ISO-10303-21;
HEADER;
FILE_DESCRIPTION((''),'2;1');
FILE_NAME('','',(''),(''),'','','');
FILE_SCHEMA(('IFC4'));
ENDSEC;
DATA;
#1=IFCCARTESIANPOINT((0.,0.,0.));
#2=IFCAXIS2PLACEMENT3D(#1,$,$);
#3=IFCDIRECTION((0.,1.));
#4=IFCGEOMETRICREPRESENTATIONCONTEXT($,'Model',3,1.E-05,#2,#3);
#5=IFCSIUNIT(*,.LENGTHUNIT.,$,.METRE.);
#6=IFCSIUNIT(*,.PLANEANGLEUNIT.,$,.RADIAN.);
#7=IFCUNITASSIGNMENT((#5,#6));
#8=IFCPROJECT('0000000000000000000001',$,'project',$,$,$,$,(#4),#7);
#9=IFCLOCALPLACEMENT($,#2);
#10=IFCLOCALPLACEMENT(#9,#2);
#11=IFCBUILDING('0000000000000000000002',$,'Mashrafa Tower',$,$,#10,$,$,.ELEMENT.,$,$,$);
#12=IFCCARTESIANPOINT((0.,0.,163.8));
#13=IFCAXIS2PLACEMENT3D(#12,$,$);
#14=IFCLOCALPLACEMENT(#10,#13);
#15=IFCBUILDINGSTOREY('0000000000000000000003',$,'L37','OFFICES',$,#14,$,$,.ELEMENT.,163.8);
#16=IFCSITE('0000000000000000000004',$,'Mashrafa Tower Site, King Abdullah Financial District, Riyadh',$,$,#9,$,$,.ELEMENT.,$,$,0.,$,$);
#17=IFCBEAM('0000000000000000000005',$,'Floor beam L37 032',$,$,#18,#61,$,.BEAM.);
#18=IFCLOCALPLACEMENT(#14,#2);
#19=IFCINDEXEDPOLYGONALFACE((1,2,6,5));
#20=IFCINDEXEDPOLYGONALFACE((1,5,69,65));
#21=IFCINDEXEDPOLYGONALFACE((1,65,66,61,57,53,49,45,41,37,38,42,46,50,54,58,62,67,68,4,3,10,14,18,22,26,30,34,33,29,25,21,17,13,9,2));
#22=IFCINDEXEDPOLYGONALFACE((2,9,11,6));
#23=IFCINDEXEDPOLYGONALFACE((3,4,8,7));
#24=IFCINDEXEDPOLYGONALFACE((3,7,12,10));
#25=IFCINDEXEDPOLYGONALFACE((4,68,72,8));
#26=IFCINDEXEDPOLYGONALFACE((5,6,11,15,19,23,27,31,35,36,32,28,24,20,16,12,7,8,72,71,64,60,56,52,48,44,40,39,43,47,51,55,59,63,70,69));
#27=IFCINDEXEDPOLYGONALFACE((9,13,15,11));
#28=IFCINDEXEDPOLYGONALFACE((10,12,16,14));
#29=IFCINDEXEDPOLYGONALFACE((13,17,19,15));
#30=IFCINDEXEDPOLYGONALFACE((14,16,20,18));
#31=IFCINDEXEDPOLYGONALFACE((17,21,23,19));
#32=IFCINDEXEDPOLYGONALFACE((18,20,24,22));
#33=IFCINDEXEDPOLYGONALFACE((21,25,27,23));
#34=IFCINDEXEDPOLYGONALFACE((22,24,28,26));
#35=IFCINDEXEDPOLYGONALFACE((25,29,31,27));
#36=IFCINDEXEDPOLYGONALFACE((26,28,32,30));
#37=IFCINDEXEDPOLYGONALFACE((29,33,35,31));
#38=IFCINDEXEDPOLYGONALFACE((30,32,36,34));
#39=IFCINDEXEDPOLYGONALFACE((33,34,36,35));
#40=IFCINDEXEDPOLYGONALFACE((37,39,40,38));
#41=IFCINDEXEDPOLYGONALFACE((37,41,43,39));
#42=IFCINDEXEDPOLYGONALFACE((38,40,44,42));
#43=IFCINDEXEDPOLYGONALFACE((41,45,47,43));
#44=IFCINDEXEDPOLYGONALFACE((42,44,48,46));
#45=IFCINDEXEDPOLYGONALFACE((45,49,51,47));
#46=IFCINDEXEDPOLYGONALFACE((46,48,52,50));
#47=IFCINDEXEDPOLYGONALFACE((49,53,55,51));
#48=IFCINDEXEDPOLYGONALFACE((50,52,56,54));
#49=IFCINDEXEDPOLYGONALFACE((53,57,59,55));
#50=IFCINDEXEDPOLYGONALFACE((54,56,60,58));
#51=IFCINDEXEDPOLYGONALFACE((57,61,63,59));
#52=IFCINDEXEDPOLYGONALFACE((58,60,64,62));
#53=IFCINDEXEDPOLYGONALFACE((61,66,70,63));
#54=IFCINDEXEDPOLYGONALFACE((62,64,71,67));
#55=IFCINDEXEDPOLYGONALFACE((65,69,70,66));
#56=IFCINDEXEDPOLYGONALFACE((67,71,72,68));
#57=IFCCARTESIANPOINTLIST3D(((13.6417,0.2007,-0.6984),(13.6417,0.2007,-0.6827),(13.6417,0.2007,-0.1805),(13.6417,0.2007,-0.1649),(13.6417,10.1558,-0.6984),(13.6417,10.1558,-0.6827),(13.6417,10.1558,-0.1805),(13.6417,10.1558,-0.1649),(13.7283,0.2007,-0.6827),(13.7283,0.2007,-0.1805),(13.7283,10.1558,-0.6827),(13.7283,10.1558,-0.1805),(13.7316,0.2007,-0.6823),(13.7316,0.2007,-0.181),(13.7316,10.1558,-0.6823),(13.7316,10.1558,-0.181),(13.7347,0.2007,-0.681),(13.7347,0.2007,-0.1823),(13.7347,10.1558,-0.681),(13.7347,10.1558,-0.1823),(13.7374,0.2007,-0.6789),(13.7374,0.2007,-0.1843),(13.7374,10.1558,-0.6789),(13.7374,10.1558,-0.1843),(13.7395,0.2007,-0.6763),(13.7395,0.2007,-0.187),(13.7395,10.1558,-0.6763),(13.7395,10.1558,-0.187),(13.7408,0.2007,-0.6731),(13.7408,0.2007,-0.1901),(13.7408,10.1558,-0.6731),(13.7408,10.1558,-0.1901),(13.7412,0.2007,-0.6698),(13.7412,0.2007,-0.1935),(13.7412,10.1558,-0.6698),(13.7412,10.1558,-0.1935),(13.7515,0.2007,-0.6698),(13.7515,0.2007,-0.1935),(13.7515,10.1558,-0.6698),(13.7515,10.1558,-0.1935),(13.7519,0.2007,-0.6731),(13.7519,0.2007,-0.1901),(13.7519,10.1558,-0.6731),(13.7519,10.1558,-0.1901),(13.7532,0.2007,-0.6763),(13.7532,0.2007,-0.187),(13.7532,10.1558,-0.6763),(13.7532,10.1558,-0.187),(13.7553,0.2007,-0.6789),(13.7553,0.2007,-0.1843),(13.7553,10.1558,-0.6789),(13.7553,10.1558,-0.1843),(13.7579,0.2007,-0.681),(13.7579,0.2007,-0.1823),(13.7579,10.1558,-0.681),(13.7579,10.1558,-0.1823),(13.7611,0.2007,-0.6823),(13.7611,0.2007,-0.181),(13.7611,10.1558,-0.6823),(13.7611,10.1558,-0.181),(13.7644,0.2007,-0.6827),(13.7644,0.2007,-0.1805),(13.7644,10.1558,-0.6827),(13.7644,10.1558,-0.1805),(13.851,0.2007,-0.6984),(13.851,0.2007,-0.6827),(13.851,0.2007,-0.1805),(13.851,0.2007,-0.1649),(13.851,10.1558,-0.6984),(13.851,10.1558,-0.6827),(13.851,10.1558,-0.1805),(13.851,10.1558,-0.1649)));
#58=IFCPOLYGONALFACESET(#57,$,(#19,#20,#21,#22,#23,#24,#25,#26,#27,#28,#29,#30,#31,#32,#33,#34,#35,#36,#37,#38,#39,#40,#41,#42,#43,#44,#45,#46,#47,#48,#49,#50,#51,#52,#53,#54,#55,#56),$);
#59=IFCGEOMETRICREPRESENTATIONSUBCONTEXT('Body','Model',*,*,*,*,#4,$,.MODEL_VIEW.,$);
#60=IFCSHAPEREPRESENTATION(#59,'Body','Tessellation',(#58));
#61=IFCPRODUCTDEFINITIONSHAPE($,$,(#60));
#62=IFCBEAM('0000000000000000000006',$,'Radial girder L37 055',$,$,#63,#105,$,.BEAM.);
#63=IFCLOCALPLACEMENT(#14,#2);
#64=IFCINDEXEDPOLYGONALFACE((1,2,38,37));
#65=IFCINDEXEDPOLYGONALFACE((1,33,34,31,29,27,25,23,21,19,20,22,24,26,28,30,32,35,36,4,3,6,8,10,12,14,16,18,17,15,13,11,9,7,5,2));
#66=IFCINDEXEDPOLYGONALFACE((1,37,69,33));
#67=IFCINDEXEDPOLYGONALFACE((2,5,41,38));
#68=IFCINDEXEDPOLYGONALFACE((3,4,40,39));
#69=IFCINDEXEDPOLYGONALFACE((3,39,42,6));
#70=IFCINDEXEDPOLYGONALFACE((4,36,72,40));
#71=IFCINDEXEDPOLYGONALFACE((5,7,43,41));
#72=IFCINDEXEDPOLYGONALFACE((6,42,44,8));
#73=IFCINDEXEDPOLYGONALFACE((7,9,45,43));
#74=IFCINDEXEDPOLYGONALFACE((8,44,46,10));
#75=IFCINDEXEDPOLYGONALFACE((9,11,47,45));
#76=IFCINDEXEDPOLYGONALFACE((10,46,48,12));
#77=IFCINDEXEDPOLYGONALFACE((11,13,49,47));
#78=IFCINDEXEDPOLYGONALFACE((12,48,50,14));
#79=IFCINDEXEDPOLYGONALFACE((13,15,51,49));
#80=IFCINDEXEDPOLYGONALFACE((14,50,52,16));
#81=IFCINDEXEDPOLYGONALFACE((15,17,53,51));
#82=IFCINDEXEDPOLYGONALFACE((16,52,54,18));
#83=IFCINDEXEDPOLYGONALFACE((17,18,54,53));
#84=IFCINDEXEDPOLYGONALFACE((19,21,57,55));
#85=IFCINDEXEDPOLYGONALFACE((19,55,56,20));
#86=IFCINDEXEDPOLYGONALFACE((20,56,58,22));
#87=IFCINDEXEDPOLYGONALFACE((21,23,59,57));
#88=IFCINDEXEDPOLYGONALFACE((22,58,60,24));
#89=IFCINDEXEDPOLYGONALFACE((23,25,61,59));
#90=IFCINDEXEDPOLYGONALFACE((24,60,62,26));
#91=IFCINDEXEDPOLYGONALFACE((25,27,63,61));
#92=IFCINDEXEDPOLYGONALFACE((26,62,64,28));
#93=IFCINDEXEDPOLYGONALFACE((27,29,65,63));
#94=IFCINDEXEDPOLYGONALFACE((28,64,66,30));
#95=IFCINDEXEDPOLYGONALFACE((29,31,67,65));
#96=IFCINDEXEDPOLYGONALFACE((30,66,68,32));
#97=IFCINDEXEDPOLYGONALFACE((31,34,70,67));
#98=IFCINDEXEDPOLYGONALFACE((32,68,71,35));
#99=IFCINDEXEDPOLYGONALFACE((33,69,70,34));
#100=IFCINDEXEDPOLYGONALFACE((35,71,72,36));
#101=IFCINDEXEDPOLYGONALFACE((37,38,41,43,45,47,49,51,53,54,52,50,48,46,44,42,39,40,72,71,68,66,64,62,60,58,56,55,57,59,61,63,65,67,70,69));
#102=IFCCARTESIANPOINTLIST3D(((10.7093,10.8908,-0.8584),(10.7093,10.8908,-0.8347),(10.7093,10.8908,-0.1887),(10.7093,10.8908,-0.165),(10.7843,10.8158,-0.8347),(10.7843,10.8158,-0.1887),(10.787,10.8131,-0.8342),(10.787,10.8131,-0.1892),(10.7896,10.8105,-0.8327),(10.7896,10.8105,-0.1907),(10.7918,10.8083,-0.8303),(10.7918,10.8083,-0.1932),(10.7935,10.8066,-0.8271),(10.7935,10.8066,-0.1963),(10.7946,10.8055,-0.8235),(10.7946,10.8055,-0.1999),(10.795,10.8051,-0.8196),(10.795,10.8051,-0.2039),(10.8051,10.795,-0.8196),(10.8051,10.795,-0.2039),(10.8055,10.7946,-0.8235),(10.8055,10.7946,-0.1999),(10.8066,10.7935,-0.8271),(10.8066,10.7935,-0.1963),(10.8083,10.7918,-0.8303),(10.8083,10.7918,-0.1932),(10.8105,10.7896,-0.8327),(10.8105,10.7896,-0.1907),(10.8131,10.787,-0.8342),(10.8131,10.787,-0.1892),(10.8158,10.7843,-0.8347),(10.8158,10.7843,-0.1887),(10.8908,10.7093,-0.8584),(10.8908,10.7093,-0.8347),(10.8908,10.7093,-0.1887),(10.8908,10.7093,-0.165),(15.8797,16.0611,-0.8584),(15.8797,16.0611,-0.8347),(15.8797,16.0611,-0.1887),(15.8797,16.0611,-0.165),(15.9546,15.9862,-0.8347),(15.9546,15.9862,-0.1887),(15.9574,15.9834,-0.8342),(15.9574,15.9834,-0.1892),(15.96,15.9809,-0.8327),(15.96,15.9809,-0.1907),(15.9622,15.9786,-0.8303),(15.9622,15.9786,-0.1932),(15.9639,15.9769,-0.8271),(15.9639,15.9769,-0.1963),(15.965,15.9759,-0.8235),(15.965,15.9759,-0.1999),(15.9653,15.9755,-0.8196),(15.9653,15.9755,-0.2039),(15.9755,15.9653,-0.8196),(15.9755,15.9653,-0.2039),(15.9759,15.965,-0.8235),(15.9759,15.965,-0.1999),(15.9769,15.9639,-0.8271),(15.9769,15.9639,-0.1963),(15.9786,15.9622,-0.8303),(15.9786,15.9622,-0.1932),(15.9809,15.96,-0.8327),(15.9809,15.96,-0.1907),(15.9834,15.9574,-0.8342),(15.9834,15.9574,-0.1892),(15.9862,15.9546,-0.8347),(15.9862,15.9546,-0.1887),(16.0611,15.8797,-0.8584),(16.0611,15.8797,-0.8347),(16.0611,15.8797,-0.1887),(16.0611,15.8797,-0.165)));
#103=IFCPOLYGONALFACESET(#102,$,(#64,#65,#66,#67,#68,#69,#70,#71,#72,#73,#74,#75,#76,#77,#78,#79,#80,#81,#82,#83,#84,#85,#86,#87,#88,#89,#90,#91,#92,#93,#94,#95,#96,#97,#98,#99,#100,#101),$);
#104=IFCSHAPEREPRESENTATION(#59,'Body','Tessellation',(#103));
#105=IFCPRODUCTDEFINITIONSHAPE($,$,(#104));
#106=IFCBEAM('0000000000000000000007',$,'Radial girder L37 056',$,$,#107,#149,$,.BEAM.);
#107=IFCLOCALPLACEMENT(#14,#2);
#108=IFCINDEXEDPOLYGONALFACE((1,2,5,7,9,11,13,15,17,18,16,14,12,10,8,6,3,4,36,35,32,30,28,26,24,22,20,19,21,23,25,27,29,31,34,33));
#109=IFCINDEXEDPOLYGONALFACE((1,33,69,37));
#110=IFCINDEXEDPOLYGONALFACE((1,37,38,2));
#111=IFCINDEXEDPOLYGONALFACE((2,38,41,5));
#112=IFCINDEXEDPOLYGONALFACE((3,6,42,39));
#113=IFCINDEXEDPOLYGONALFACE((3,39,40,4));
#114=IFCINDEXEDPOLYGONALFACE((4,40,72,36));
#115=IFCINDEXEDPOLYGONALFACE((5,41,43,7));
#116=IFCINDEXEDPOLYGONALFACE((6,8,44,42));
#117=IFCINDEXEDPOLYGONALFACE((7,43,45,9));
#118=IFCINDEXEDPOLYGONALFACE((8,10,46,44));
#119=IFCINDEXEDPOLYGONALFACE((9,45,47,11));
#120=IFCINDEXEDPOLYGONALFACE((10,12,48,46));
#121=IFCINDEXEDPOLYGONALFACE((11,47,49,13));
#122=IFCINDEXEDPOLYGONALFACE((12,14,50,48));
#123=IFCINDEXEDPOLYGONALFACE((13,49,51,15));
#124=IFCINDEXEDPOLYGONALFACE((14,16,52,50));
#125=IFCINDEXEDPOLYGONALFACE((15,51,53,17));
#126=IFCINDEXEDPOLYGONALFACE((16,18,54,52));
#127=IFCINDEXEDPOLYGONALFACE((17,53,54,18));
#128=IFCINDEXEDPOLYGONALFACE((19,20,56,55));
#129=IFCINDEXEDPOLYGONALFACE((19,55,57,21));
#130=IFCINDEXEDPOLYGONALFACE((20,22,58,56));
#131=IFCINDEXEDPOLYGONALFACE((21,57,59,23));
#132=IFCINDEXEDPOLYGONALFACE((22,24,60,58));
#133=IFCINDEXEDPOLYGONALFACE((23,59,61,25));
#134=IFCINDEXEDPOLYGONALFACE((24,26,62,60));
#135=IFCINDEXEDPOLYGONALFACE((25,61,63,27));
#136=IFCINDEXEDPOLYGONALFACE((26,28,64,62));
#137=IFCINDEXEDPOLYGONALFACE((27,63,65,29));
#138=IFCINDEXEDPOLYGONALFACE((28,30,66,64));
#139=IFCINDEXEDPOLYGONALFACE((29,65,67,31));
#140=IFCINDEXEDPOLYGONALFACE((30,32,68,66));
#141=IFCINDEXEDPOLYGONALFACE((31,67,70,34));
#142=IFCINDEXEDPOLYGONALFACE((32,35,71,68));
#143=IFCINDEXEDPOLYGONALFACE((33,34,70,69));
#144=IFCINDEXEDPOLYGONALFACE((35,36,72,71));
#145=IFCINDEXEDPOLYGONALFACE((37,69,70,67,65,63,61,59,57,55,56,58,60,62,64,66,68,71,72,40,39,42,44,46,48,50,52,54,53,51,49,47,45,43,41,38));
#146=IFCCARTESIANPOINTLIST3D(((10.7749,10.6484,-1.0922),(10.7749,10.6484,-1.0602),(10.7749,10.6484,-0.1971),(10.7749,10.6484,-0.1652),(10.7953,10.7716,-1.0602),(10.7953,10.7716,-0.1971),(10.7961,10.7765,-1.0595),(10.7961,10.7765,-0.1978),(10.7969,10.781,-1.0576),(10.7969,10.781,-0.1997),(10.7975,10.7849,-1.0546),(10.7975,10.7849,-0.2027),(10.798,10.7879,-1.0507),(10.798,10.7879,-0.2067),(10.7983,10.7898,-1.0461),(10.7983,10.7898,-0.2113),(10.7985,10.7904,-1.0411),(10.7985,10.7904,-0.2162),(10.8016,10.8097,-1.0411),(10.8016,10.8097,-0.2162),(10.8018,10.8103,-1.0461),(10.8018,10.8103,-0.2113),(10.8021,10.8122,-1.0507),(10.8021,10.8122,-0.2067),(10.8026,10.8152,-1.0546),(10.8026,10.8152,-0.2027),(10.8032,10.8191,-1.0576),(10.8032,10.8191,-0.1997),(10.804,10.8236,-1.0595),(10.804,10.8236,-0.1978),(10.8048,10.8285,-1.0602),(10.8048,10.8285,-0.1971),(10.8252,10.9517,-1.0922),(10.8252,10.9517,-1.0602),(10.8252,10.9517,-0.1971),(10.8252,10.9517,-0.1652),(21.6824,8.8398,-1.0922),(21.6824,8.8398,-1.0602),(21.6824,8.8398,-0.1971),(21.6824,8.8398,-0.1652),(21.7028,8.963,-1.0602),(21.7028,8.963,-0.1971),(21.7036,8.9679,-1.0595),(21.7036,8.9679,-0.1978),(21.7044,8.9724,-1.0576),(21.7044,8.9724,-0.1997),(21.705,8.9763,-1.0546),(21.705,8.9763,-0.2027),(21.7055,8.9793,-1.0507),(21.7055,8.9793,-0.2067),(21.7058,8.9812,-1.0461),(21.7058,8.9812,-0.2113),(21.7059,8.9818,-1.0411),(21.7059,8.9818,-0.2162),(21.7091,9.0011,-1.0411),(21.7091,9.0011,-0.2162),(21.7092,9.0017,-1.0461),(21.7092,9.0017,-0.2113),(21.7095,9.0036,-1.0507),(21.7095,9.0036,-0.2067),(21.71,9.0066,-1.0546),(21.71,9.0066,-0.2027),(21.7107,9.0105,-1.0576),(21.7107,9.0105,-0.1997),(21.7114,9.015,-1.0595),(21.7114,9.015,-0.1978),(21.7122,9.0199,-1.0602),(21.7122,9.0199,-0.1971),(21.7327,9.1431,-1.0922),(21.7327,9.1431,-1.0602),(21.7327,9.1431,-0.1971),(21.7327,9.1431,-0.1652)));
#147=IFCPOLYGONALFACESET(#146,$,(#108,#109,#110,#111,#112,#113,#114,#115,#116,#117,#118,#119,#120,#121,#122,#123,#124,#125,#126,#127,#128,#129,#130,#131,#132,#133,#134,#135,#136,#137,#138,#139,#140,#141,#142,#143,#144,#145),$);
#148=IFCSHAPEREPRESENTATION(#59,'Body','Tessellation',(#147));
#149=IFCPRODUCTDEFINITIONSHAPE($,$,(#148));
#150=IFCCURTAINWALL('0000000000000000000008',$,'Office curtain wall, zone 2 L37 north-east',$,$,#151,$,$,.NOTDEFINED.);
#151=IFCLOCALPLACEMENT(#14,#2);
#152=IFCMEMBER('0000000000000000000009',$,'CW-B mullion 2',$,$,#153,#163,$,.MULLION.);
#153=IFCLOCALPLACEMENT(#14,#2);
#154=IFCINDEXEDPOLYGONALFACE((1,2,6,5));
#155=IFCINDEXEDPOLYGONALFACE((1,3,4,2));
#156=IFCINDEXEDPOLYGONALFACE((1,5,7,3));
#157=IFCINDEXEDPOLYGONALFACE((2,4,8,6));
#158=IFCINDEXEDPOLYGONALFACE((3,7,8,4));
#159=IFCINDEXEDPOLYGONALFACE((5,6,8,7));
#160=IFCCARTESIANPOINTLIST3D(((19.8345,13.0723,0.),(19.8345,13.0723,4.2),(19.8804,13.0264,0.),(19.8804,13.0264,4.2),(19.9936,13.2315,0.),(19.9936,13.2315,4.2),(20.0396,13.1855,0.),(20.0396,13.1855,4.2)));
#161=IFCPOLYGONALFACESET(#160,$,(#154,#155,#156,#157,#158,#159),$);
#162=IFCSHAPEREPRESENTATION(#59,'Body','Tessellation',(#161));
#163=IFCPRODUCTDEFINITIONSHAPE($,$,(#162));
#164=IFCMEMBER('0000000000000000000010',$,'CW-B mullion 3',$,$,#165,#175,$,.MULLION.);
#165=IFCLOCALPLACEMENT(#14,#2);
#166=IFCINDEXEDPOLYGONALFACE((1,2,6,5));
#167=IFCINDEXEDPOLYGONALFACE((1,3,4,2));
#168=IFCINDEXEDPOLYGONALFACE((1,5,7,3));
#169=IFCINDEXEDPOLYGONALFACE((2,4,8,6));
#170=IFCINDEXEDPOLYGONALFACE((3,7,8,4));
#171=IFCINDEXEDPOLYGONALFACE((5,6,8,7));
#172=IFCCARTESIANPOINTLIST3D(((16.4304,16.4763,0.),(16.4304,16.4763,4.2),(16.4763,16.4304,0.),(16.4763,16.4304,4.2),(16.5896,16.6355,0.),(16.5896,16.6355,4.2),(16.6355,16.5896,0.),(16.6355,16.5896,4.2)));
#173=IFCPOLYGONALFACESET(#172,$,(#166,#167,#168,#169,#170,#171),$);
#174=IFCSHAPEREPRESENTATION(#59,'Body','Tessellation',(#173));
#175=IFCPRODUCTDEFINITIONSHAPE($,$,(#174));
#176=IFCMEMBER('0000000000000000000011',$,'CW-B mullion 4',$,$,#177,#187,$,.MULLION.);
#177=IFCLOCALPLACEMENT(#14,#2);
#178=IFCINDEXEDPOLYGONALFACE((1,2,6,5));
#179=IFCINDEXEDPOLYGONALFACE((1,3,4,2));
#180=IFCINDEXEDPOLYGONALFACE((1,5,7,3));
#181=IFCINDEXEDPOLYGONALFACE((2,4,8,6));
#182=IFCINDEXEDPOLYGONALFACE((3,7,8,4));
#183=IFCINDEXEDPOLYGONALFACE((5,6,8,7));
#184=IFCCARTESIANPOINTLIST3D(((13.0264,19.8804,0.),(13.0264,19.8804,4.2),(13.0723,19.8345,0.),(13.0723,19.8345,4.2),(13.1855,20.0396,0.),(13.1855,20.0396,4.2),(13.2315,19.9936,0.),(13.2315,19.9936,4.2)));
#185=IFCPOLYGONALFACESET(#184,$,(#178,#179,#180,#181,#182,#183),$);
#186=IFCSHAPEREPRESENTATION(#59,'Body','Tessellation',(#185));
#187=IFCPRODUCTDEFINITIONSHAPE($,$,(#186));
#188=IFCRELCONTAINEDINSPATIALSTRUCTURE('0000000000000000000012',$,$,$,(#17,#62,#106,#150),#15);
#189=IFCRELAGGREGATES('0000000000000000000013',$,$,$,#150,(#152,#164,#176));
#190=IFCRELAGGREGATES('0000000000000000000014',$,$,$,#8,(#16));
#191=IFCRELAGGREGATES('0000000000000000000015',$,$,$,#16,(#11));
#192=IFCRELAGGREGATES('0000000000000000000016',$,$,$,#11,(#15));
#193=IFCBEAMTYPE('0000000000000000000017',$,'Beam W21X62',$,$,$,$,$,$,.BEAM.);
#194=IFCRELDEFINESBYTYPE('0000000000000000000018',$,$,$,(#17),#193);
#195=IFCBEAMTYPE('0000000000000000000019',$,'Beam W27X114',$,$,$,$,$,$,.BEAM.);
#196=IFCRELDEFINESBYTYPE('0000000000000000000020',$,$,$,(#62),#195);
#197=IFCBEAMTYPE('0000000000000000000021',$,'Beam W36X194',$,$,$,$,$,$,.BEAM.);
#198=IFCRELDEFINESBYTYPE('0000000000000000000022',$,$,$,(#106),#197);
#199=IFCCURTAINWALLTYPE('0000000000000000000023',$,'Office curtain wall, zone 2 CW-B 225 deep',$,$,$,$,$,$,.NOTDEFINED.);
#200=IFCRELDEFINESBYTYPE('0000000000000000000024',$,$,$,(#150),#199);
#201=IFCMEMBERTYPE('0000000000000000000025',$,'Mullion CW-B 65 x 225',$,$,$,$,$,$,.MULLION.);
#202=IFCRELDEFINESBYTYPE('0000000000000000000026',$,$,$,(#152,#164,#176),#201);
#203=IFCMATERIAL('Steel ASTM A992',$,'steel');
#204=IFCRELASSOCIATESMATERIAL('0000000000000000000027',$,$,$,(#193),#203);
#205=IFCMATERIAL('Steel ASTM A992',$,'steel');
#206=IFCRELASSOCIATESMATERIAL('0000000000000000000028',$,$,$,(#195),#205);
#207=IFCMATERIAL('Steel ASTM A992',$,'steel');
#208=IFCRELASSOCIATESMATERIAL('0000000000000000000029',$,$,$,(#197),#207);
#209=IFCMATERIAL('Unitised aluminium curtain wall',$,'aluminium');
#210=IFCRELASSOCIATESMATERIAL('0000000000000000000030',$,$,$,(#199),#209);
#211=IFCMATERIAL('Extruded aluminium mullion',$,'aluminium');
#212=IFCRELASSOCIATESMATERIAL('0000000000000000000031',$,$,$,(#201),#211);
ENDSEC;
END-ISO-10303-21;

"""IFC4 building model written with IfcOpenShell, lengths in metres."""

from ifc_helpers import new_model, si_unit, direction, frame, origin, origin_2d, place, context, subcontext, project, spatial, rectangle, i_section, extrude, source, transform, mapped, material, material_profile, profile_set, type_object, type_shapes, element, aggregate, save


model = new_model("IFC4")

# Units and contexts
model_context = context("Model", 3, precision=1e-05, world=origin(), true_north=direction((0.0, 1.0)))
body_context = subcontext(model_context, "Body", "Model", "MODEL_VIEW")
ifc_project = project(units=[si_unit("LENGTHUNIT", "METRE"), si_unit("PLANEANGLEUNIT", "RADIAN")], contexts=[model_context])

# Site, building, storey
site_placement = place(None, origin())
site = spatial("IfcSite", under=ifc_project, at=site_placement, Name="Mashrafa Tower Site, King Abdullah Financial District, Riyadh", CompositionType="ELEMENT", RefElevation=0.0)
building_placement = place(site_placement, origin())
building = spatial("IfcBuilding", under=site, at=building_placement, Name="Mashrafa Tower", CompositionType="ELEMENT")
storey_placement = place(building_placement, frame((0.0, 0.0, 163.8)))
storey = spatial("IfcBuildingStorey", under=building, at=storey_placement, Name="L37", Description="OFFICES", CompositionType="ELEMENT", Elevation=163.8)

# Beams
ifc_material_1 = material(Name="Steel ASTM A992", Category="steel")
ifc_material_profile_1 = material_profile(ifc_material_1, i_section(OverallWidth=0.2092, OverallDepth=0.5334, WebThickness=0.0103, FlangeThickness=0.0156, FilletRadius=0.0129, at=origin_2d()), Name="W21X62")
ifc_profile_set_1 = profile_set([ifc_material_profile_1], Name="Steel ASTM A992")
beam_type_1 = type_object("IfcBeamType", Name="Beam W21X62", PredefinedType="BEAM", material=ifc_profile_set_1)
beam_1_placement = place(storey_placement, frame((13.7463, 10.1558, -0.4316), z_axis=(0.0, -1.0, 0.0), x_axis=(1.0, 0.0, 0.0)))
element("IfcBeam", 1, at=beam_1_placement, inside=storey, type_object=beam_type_1, Name="Floor beam L37 032", PredefinedType="BEAM", context=body_context, shape_type="SweptSolid", body=[
    extrude(i_section(OverallWidth=0.2092, OverallDepth=0.5334, WebThickness=0.0103, FlangeThickness=0.0156, FilletRadius=0.0129, at=origin_2d()), origin(), (0.0, 0.0, 1.0), 9.9551),
])
ifc_material_2 = material(Name="Steel ASTM A992", Category="steel")
ifc_material_profile_2 = material_profile(ifc_material_2, i_section(OverallWidth=0.2566, OverallDepth=0.6934, WebThickness=0.0144, FlangeThickness=0.0237, FilletRadius=0.0151, at=origin_2d()), Name="W27X114")
ifc_profile_set_2 = profile_set([ifc_material_profile_2], Name="Steel ASTM A992")
beam_type_2 = type_object("IfcBeamType", Name="Beam W27X114", PredefinedType="BEAM", material=ifc_profile_set_2)
beam_2_placement = place(storey_placement, frame((10.8, 10.8, -0.5117), z_axis=(0.707107, 0.707107, 0.0), x_axis=(-0.707107, 0.707107, 0.0)))
element("IfcBeam", 2, at=beam_2_placement, inside=storey, type_object=beam_type_2, Name="Radial girder L37 055", PredefinedType="BEAM", context=body_context, shape_type="SweptSolid", body=[
    extrude(i_section(OverallWidth=0.2566, OverallDepth=0.6934, WebThickness=0.0144, FlangeThickness=0.0237, FilletRadius=0.0151, at=origin_2d()), origin(), (0.0, 0.0, 1.0), 7.312),
])
ifc_material_3 = material(Name="Steel ASTM A992", Category="steel")
ifc_material_profile_3 = material_profile(ifc_material_3, i_section(OverallWidth=0.3074, OverallDepth=0.927, WebThickness=0.0195, FlangeThickness=0.032, FilletRadius=0.019, at=origin_2d()), Name="W36X194")
ifc_profile_set_3 = profile_set([ifc_material_profile_3], Name="Steel ASTM A992")
beam_type_3 = type_object("IfcBeamType", Name="Beam W36X194", PredefinedType="BEAM", material=ifc_profile_set_3)
beam_3_placement = place(storey_placement, frame((10.8, 10.8, -0.6287), z_axis=(0.98653, -0.163579, 0.0), x_axis=(0.163579, 0.98653, 0.0)))
element("IfcBeam", 3, at=beam_3_placement, inside=storey, type_object=beam_type_3, Name="Radial girder L37 056", PredefinedType="BEAM", context=body_context, shape_type="SweptSolid", body=[
    extrude(i_section(OverallWidth=0.3074, OverallDepth=0.927, WebThickness=0.0195, FlangeThickness=0.032, FilletRadius=0.019, at=origin_2d()), origin(), (0.0, 0.0, 1.0), 11.0564),
])

# Curtain wall, members
ifc_material_4 = material(Name="Unitised aluminium curtain wall", Category="aluminium")
curtain_wall_type = type_object("IfcCurtainWallType", Name="Office curtain wall, zone 2 CW-B 225 deep", PredefinedType="NOTDEFINED", material=ifc_material_4)
curtain_wall_placement = place(storey_placement, origin())
curtain_wall = element("IfcCurtainWall", 4, at=curtain_wall_placement, inside=storey, type_object=curtain_wall_type, Name="Office curtain wall, zone 2 L37 north-east", PredefinedType="NOTDEFINED")
ifc_material_5 = material(Name="Extruded aluminium mullion", Category="aluminium")
ifc_material_profile_4 = material_profile(ifc_material_5, rectangle(XDim=0.2251, YDim=0.0649, at=origin_2d()), Name="Mullion 65x225")
ifc_profile_set_4 = profile_set([ifc_material_profile_4], Name="Extruded aluminium mullion")
member_type_1 = type_object("IfcMemberType", Name="Mullion CW-B 65 x 225", PredefinedType="MULLION", material=ifc_profile_set_4)
shared_shape_1 = source(origin(), body_context, "Body", "SweptSolid", [
    extrude(rectangle(XDim=0.2251, YDim=0.0649, at=origin_2d()), origin(), (0.0, 0.0, 1.0), 4.2),
])
type_shapes(member_type_1, [shared_shape_1])
member_1_placement = place(storey_placement, frame((19.937, 13.1289, 0.0), z_axis=(0.0, 0.0, 1.0), x_axis=(-0.707107, -0.707107, 0.0)))
member_1 = element("IfcMember", 5, at=member_1_placement, type_object=member_type_1, Name="CW-B mullion 2", PredefinedType="MULLION", context=body_context, shape_type="MappedRepresentation", body=[
    mapped(shared_shape_1, transform((0.0, 0.0, 0.0))),
])
member_2_placement = place(storey_placement, frame((16.533, 16.533, 0.0), z_axis=(0.0, 0.0, 1.0), x_axis=(-0.707107, -0.707107, 0.0)))
member_2 = element("IfcMember", 6, at=member_2_placement, type_object=member_type_1, Name="CW-B mullion 3", PredefinedType="MULLION", context=body_context, shape_type="MappedRepresentation", body=[
    mapped(shared_shape_1, transform((0.0, 0.0, 0.0))),
])
member_3_placement = place(storey_placement, frame((13.1289, 19.937, 0.0), z_axis=(0.0, 0.0, 1.0), x_axis=(-0.707107, -0.707107, 0.0)))
member_3 = element("IfcMember", 7, at=member_3_placement, type_object=member_type_1, Name="CW-B mullion 4", PredefinedType="MULLION", context=body_context, shape_type="MappedRepresentation", body=[
    mapped(shared_shape_1, transform((0.0, 0.0, 0.0))),
])
aggregate(curtain_wall, [member_1, member_2, member_3])

save(model, "model.ifc")
